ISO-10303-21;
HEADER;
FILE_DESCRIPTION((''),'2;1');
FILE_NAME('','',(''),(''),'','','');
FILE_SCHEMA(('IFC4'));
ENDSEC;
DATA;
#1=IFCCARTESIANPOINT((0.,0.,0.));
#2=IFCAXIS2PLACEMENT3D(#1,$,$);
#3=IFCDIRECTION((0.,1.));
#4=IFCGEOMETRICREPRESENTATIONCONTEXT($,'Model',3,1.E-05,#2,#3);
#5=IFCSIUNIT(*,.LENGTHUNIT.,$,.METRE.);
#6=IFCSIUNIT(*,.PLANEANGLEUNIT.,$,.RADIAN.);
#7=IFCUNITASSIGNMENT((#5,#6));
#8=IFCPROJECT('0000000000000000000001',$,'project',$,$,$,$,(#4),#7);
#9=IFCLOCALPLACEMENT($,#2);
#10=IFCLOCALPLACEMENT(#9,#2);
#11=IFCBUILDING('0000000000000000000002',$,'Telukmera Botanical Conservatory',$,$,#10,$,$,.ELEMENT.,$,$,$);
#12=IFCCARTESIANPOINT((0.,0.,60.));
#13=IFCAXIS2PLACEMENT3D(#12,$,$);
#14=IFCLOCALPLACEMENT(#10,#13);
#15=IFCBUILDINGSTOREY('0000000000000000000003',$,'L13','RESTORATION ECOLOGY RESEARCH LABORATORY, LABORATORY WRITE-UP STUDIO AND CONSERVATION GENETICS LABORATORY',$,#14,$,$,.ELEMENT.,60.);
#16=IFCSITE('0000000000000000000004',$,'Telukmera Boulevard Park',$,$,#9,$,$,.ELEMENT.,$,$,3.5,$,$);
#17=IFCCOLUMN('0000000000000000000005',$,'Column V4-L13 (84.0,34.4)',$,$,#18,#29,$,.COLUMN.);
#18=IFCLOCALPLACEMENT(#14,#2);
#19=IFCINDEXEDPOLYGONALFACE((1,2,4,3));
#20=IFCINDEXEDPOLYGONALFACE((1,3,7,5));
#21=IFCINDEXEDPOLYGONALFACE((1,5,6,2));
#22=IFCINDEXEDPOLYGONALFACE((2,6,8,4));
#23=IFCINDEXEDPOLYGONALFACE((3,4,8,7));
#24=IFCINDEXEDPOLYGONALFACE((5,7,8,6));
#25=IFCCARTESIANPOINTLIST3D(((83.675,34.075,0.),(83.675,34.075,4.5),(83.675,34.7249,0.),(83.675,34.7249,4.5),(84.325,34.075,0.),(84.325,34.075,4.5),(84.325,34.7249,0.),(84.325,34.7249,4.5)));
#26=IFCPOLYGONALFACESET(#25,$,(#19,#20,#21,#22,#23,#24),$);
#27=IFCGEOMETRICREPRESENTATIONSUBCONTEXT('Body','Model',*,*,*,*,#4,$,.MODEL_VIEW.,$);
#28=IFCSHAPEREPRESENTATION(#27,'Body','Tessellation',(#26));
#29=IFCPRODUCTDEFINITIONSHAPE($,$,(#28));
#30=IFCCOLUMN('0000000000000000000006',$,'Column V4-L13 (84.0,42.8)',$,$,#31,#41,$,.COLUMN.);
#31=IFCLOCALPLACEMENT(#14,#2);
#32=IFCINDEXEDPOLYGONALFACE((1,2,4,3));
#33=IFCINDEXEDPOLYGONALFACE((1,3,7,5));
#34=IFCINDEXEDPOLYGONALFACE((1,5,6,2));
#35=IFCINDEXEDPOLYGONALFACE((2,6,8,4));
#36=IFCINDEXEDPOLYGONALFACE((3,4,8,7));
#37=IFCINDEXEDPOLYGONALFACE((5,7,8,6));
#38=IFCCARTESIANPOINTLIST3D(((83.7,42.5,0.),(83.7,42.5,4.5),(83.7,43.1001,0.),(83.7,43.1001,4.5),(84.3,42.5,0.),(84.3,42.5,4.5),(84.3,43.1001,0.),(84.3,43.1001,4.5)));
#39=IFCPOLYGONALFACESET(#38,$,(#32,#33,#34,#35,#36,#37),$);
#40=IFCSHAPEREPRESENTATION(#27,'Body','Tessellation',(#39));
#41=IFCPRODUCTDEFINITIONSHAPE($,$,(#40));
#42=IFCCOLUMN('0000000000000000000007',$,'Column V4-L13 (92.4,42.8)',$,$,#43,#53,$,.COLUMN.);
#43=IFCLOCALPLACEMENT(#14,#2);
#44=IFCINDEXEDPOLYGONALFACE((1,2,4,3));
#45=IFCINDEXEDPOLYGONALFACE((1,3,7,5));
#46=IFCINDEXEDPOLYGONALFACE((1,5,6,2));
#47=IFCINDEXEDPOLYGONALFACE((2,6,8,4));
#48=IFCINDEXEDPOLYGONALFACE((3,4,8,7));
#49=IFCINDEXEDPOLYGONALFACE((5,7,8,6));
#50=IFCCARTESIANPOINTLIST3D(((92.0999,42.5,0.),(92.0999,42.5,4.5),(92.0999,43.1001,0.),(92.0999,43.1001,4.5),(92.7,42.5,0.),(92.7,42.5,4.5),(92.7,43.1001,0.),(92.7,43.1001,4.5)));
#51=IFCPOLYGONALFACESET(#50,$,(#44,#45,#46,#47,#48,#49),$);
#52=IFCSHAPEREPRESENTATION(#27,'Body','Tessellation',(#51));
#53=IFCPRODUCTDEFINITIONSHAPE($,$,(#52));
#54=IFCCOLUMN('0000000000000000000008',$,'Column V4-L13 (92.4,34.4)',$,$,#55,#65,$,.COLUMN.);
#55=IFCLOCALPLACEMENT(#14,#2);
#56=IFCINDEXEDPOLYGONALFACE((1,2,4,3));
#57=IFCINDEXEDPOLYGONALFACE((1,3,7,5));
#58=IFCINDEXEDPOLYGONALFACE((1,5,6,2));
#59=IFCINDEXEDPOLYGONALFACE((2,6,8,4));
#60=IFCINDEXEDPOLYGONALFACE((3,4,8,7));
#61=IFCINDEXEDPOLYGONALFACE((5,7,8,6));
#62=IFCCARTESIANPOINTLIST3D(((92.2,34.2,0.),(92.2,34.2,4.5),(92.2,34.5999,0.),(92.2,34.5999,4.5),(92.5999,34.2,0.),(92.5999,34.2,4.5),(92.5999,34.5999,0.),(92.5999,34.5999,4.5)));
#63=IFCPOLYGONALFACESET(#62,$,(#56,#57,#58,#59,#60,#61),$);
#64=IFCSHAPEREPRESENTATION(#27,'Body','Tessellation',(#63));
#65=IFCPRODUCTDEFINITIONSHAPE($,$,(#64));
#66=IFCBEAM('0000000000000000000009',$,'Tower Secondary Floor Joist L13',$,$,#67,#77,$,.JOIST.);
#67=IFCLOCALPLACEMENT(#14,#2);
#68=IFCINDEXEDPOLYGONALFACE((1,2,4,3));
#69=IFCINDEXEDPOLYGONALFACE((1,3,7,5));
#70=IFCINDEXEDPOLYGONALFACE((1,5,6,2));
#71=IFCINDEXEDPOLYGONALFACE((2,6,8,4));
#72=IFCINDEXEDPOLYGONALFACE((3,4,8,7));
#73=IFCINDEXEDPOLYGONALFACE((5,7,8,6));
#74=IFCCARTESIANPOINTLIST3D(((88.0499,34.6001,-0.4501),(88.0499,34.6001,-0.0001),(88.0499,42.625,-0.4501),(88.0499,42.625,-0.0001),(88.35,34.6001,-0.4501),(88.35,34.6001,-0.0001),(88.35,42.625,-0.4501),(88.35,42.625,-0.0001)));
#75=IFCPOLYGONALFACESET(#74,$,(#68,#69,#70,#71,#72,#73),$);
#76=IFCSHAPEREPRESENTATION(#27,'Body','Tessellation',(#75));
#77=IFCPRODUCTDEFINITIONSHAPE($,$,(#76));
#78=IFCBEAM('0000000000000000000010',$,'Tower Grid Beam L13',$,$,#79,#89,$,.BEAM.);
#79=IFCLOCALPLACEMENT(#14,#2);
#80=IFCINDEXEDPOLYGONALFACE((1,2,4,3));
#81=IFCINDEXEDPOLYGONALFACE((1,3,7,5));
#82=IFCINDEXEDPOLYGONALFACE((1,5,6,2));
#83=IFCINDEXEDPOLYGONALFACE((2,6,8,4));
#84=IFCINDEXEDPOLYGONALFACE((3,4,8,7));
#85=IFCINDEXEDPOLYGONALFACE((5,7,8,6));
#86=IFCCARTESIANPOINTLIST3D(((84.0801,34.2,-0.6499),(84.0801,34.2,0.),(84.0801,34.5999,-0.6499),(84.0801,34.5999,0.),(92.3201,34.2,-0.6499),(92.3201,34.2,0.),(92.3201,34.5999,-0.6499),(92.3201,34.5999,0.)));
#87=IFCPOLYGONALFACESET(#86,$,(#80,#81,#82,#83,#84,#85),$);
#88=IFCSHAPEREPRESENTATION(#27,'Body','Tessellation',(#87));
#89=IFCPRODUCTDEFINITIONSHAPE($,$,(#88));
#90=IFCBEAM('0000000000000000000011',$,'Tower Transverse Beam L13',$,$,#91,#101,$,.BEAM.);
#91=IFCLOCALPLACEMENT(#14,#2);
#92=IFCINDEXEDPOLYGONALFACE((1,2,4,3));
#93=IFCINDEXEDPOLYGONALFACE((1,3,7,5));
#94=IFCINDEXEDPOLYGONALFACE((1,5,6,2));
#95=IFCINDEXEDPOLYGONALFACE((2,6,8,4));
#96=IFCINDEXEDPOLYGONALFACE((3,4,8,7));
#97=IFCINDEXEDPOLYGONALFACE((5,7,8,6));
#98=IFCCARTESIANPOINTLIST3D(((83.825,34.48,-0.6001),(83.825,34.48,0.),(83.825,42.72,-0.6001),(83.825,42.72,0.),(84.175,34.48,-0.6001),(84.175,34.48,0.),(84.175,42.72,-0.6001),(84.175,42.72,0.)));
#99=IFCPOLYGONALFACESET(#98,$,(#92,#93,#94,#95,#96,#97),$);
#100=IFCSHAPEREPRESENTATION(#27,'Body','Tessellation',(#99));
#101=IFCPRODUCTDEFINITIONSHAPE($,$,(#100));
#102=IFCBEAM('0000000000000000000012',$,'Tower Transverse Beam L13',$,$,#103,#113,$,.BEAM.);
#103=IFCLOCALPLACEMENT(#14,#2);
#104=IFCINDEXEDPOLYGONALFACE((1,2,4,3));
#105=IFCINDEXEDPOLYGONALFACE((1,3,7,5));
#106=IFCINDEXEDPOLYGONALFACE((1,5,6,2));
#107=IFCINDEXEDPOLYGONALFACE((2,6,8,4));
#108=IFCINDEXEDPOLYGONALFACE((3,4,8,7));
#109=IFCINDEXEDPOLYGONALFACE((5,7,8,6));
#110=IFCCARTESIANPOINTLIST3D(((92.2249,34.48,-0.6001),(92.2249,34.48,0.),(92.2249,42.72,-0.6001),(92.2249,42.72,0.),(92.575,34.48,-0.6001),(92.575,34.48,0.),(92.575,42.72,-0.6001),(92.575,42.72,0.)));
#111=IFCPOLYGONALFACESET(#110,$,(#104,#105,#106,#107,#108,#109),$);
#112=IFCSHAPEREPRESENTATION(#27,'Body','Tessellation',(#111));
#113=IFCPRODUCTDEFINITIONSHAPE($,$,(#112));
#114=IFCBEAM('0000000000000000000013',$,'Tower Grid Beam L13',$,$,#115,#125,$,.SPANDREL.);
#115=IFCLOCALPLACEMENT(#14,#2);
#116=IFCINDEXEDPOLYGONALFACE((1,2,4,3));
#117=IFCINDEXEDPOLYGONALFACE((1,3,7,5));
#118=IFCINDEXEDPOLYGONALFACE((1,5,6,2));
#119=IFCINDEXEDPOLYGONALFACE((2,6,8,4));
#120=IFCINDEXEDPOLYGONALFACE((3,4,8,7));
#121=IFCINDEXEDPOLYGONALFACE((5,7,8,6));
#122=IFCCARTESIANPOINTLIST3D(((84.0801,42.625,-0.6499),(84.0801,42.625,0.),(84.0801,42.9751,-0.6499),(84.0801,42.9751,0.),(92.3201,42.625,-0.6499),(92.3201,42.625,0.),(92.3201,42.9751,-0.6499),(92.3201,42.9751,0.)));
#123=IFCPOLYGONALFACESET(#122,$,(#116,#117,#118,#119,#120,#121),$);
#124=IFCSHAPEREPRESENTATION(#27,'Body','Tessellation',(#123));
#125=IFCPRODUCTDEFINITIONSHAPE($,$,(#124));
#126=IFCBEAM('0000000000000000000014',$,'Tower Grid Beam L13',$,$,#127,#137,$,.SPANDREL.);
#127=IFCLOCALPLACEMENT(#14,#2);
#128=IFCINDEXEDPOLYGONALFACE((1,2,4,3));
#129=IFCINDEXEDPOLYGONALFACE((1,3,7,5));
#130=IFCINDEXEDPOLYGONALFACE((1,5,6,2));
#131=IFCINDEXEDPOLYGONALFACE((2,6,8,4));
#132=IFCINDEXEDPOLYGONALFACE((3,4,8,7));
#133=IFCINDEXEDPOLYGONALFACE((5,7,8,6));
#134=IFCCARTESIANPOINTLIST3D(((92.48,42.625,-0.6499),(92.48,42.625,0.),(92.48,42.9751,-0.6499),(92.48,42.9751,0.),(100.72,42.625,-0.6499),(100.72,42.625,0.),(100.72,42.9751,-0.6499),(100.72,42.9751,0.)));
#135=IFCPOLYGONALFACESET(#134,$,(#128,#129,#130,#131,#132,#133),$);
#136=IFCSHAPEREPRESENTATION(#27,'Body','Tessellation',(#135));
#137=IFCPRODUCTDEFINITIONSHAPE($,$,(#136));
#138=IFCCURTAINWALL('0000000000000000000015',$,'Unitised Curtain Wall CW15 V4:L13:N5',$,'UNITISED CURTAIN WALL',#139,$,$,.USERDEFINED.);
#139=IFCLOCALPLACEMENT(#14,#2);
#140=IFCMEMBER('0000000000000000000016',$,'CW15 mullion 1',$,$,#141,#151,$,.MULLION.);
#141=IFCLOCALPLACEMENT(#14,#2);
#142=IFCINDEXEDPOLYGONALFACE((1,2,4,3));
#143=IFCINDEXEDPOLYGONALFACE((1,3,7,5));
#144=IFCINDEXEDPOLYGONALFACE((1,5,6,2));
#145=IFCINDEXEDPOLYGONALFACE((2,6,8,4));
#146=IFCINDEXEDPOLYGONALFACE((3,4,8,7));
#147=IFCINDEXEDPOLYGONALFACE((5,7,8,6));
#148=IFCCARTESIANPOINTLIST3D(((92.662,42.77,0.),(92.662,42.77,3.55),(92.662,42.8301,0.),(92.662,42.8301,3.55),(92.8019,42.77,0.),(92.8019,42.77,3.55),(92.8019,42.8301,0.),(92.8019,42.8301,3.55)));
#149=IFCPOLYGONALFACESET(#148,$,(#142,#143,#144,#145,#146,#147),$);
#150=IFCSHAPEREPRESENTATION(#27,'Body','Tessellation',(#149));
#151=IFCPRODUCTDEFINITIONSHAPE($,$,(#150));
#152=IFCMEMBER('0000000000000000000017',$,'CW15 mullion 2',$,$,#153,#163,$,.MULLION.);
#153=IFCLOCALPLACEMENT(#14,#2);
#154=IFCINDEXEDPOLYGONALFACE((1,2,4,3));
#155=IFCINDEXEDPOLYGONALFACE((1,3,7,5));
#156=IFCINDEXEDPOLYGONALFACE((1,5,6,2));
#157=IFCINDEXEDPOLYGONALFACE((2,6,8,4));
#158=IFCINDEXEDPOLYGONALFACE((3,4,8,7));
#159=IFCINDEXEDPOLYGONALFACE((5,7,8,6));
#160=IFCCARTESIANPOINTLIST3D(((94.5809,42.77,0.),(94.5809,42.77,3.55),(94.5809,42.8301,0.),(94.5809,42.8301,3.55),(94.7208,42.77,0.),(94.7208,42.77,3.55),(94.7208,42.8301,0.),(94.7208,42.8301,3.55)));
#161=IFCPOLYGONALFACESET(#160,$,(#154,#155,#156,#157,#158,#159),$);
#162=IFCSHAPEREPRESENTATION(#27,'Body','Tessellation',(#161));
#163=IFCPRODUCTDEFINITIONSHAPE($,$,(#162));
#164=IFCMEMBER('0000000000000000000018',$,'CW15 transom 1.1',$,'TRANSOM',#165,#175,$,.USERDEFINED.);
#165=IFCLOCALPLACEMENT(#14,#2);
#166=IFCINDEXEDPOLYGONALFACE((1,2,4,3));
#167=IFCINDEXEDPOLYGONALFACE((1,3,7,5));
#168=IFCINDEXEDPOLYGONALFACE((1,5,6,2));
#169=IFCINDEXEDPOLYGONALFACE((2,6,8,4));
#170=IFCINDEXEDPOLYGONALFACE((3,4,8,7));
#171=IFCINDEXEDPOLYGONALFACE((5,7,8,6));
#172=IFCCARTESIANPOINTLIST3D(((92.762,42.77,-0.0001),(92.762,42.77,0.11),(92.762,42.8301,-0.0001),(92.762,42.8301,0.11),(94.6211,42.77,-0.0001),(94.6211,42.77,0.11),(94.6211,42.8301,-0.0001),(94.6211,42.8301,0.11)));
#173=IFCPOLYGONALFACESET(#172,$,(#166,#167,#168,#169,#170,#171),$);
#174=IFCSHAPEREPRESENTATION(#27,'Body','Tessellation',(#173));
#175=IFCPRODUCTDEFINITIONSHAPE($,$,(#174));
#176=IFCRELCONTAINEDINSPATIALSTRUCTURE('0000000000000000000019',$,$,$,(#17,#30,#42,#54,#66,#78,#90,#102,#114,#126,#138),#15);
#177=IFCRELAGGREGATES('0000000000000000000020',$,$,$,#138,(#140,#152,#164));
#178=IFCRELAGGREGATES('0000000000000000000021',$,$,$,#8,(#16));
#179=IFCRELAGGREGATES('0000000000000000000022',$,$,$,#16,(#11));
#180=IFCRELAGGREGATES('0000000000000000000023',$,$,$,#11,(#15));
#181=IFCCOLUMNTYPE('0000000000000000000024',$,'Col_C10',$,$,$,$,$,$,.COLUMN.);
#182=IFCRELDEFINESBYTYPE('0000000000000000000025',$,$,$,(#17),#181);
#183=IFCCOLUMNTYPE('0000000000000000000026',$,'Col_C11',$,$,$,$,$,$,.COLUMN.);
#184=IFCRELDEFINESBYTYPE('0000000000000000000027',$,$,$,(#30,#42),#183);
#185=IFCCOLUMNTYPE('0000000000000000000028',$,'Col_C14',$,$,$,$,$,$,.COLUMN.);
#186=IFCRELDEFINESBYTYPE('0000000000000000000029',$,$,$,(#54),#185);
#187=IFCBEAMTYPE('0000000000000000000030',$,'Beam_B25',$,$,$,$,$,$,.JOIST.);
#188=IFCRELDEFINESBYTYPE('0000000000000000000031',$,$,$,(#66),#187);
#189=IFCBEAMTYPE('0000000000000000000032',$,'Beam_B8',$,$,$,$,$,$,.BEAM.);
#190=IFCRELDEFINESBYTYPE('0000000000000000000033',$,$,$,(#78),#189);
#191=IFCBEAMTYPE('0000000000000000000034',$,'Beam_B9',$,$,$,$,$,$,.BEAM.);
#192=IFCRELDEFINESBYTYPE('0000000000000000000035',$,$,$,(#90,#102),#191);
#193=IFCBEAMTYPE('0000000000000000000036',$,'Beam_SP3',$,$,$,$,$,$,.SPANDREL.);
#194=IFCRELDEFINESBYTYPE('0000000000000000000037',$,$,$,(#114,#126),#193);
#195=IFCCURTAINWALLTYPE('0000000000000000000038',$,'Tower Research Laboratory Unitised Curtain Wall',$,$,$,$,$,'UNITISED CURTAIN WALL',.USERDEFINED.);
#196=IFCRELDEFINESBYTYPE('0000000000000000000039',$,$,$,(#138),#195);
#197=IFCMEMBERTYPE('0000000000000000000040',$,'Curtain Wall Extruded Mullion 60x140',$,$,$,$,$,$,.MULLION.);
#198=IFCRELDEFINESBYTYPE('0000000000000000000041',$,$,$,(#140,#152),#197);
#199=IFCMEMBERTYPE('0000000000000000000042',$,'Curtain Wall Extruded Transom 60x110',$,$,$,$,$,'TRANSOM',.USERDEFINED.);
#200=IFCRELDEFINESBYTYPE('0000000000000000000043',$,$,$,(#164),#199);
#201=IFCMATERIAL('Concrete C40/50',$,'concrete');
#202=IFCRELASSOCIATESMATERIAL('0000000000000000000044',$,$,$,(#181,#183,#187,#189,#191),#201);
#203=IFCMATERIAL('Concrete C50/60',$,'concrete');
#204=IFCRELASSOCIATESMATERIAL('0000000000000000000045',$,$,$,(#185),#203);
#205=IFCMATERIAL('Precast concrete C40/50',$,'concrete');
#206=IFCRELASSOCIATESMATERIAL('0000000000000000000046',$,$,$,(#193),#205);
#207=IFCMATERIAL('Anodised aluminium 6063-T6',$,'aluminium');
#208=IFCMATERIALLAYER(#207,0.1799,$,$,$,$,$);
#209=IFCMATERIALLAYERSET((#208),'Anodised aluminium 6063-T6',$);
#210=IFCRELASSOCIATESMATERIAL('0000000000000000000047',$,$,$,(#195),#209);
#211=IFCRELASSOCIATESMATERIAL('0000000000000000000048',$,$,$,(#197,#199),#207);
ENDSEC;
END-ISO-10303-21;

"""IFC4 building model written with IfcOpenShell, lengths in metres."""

from ifc_helpers import new_model, si_unit, direction, frame, origin, origin_2d, place, context, subcontext, project, spatial, rectangle, extrude, material, layer, layer_set, material_profile, profile_set, type_object, element, aggregate, save


model = new_model("IFC4")

# Units and contexts
model_context = context("Model", 3, precision=1e-05, world=origin(), true_north=direction((0.0, 1.0)))
body_context = subcontext(model_context, "Body", "Model", "MODEL_VIEW")
ifc_project = project(units=[si_unit("LENGTHUNIT", "METRE"), si_unit("PLANEANGLEUNIT", "RADIAN")], contexts=[model_context])

# Site, building, storey
site_placement = place(None, origin())
site = spatial("IfcSite", under=ifc_project, at=site_placement, Name="Telukmera Boulevard Park", CompositionType="ELEMENT", RefElevation=3.5)
building_placement = place(site_placement, origin())
building = spatial("IfcBuilding", under=site, at=building_placement, Name="Telukmera Botanical Conservatory", CompositionType="ELEMENT")
storey_placement = place(building_placement, frame((0.0, 0.0, 60.0)))
storey = spatial("IfcBuildingStorey", under=building, at=storey_placement, Name="L13", Description="RESTORATION ECOLOGY RESEARCH LABORATORY, LABORATORY WRITE-UP STUDIO AND CONSERVATION GENETICS LABORATORY", CompositionType="ELEMENT", Elevation=60.0)

# Columns
ifc_material_1 = material(Name="Concrete C40/50", Category="concrete")
ifc_material_profile_1 = material_profile(ifc_material_1, rectangle(XDim=0.6499, YDim=0.6499, at=origin_2d()), Name="RC 650x650")
ifc_profile_set_1 = profile_set([ifc_material_profile_1], Name="Concrete C40/50")
column_type_1 = type_object("IfcColumnType", Name="Col_C10", PredefinedType="COLUMN", material=ifc_profile_set_1)
column_1_placement = place(storey_placement, frame((84.0, 34.3999, 0.0), z_axis=(0.0, 0.0, 1.0), x_axis=(1.0, 0.0, 0.0)))
element("IfcColumn", 1, at=column_1_placement, inside=storey, type_object=column_type_1, Name="Column V4-L13 (84.0,34.4)", PredefinedType="COLUMN", context=body_context, shape_type="SweptSolid", body=[
    extrude(rectangle(XDim=0.6499, YDim=0.6499, at=origin_2d()), origin(), (0.0, 0.0, 1.0), 4.5),
])
ifc_material_profile_2 = material_profile(ifc_material_1, rectangle(XDim=0.6001, YDim=0.6001, at=origin_2d()), Name="RC 600x600")
ifc_profile_set_2 = profile_set([ifc_material_profile_2], Name="Concrete C40/50")
column_type_2 = type_object("IfcColumnType", Name="Col_C11", PredefinedType="COLUMN", material=ifc_profile_set_2)
for number, where, z_axis, x_axis, name in (
    (2, (84.0, 42.8, 0.0), (0.0, 0.0, 1.0), (1.0, 0.0, 0.0), "Column V4-L13 (84.0,42.8)"),
    (3, (92.3999, 42.8, 0.0), (0.0, 0.0, 1.0), (1.0, 0.0, 0.0), "Column V4-L13 (92.4,42.8)"),
):
    element("IfcColumn", number, at=place(storey_placement, frame(where, z_axis=z_axis, x_axis=x_axis)), inside=storey, type_object=column_type_2, Name=name, PredefinedType="COLUMN", context=body_context, shape_type="SweptSolid", body=[
        extrude(rectangle(XDim=0.6001, YDim=0.6001, at=origin_2d()), origin(), (0.0, 0.0, 1.0), 4.5),
    ])
ifc_material_2 = material(Name="Concrete C50/60", Category="concrete")
ifc_material_profile_3 = material_profile(ifc_material_2, rectangle(XDim=0.3999, YDim=0.3999, at=origin_2d()), Name="RC 400x400")
ifc_profile_set_3 = profile_set([ifc_material_profile_3], Name="Concrete C50/60")
column_type_3 = type_object("IfcColumnType", Name="Col_C14", PredefinedType="COLUMN", material=ifc_profile_set_3)
column_2_placement = place(storey_placement, frame((92.3999, 34.3999, 0.0), z_axis=(0.0, 0.0, 1.0), x_axis=(1.0, 0.0, 0.0)))
element("IfcColumn", 4, at=column_2_placement, inside=storey, type_object=column_type_3, Name="Column V4-L13 (92.4,34.4)", PredefinedType="COLUMN", context=body_context, shape_type="SweptSolid", body=[
    extrude(rectangle(XDim=0.3999, YDim=0.3999, at=origin_2d()), origin(), (0.0, 0.0, 1.0), 4.5),
])

# Beams
ifc_material_profile_4 = material_profile(ifc_material_1, rectangle(XDim=0.3, YDim=0.45, at=origin_2d()), Name="RC 300x450")
ifc_profile_set_4 = profile_set([ifc_material_profile_4], Name="Concrete C40/50")
beam_type_1 = type_object("IfcBeamType", Name="Beam_B25", PredefinedType="JOIST", material=ifc_profile_set_4)
beam_1_placement = place(storey_placement, frame((88.2, 34.6001, -0.2251), z_axis=(0.0, 1.0, 0.0), x_axis=(-1.0, 0.0, 0.0)))
element("IfcBeam", 5, at=beam_1_placement, inside=storey, type_object=beam_type_1, Name="Tower Secondary Floor Joist L13", PredefinedType="JOIST", context=body_context, shape_type="SweptSolid", body=[
    extrude(rectangle(XDim=0.3, YDim=0.45, at=origin_2d()), origin(), (0.0, 0.0, 1.0), 8.0249),
])
ifc_material_profile_5 = material_profile(ifc_material_1, rectangle(XDim=0.3999, YDim=0.6499, at=origin_2d()), Name="RC 400x650")
ifc_profile_set_5 = profile_set([ifc_material_profile_5], Name="Concrete C40/50")
beam_type_2 = type_object("IfcBeamType", Name="Beam_B8", PredefinedType="BEAM", material=ifc_profile_set_5)
beam_2_placement = place(storey_placement, frame((84.0801, 34.3999, -0.325), z_axis=(1.0, 0.0, 0.0), x_axis=(0.0, 1.0, 0.0)))
element("IfcBeam", 6, at=beam_2_placement, inside=storey, type_object=beam_type_2, Name="Tower Grid Beam L13", PredefinedType="BEAM", context=body_context, shape_type="SweptSolid", body=[
    extrude(rectangle(XDim=0.3999, YDim=0.6499, at=origin_2d()), origin(), (0.0, 0.0, 1.0), 8.24),
])
ifc_material_profile_6 = material_profile(ifc_material_1, rectangle(XDim=0.3501, YDim=0.6001, at=origin_2d()), Name="RC 350x600")
ifc_profile_set_6 = profile_set([ifc_material_profile_6], Name="Concrete C40/50")
beam_type_3 = type_object("IfcBeamType", Name="Beam_B9", PredefinedType="BEAM", material=ifc_profile_set_6)
for number, where, z_axis, x_axis, name in (
    (7, (84.0, 34.48, -0.3), (0.0, 1.0, 0.0), (-1.0, 0.0, 0.0), "Tower Transverse Beam L13"),
    (8, (92.3999, 34.48, -0.3), (0.0, 1.0, 0.0), (-1.0, 0.0, 0.0), "Tower Transverse Beam L13"),
):
    element("IfcBeam", number, at=place(storey_placement, frame(where, z_axis=z_axis, x_axis=x_axis)), inside=storey, type_object=beam_type_3, Name=name, PredefinedType="BEAM", context=body_context, shape_type="SweptSolid", body=[
        extrude(rectangle(XDim=0.3501, YDim=0.6001, at=origin_2d()), origin(), (0.0, 0.0, 1.0), 8.24),
    ])
ifc_material_3 = material(Name="Precast concrete C40/50", Category="concrete")
ifc_material_profile_7 = material_profile(ifc_material_3, rectangle(XDim=0.3501, YDim=0.6499, at=origin_2d()), Name="PC 350x650")
ifc_profile_set_7 = profile_set([ifc_material_profile_7], Name="Precast concrete C40/50")
beam_type_4 = type_object("IfcBeamType", Name="Beam_SP3", PredefinedType="SPANDREL", material=ifc_profile_set_7)
for number, where, z_axis, x_axis, name in (
    (9, (84.0801, 42.8, -0.325), (1.0, 0.0, 0.0), (0.0, 1.0, 0.0), "Tower Grid Beam L13"),
    (10, (92.48, 42.8, -0.325), (1.0, 0.0, 0.0), (0.0, 1.0, 0.0), "Tower Grid Beam L13"),
):
    element("IfcBeam", number, at=place(storey_placement, frame(where, z_axis=z_axis, x_axis=x_axis)), inside=storey, type_object=beam_type_4, Name=name, PredefinedType="SPANDREL", context=body_context, shape_type="SweptSolid", body=[
        extrude(rectangle(XDim=0.3501, YDim=0.6499, at=origin_2d()), origin(), (0.0, 0.0, 1.0), 8.24),
    ])

# Curtain wall, members
ifc_material_4 = material(Name="Anodised aluminium 6063-T6", Category="aluminium")
ifc_layer_1 = layer(ifc_material_4, 0.1799)
ifc_layer_set_1 = layer_set([ifc_layer_1], Name="Anodised aluminium 6063-T6")
curtain_wall_type = type_object("IfcCurtainWallType", Name="Tower Research Laboratory Unitised Curtain Wall", ElementType="UNITISED CURTAIN WALL", PredefinedType="USERDEFINED", material=ifc_layer_set_1)
curtain_wall_placement = place(storey_placement, origin())
curtain_wall = element("IfcCurtainWall", 11, at=curtain_wall_placement, inside=storey, type_object=curtain_wall_type, Name="Unitised Curtain Wall CW15 V4:L13:N5", ObjectType="UNITISED CURTAIN WALL", PredefinedType="USERDEFINED")
ifc_material_profile_8 = material_profile(ifc_material_4, rectangle(XDim=0.0601, YDim=0.1399, at=origin_2d()), Name="ALU MULL 60x140")
ifc_profile_set_8 = profile_set([ifc_material_profile_8], Name="Anodised aluminium 6063-T6")
member_type_1 = type_object("IfcMemberType", Name="Curtain Wall Extruded Mullion 60x140", PredefinedType="MULLION", material=ifc_profile_set_8)
member_1_placement = place(storey_placement, frame((92.7319, 42.8, 0.0), z_axis=(0.0, 0.0, 1.0), x_axis=(0.0, 1.0, 0.0)))
member_1 = element("IfcMember", 12, at=member_1_placement, type_object=member_type_1, Name="CW15 mullion 1", PredefinedType="MULLION", context=body_context, shape_type="SweptSolid", body=[
    extrude(rectangle(XDim=0.0601, YDim=0.1399, at=origin_2d()), origin(), (0.0, 0.0, 1.0), 3.55),
])
member_2_placement = place(storey_placement, frame((94.6509, 42.8, 0.0), z_axis=(0.0, 0.0, 1.0), x_axis=(0.0, 1.0, 0.0)))
member_2 = element("IfcMember", 13, at=member_2_placement, type_object=member_type_1, Name="CW15 mullion 2", PredefinedType="MULLION", context=body_context, shape_type="SweptSolid", body=[
    extrude(rectangle(XDim=0.0601, YDim=0.1399, at=origin_2d()), origin(), (0.0, 0.0, 1.0), 3.55),
])
ifc_material_profile_9 = material_profile(ifc_material_4, rectangle(XDim=0.0601, YDim=0.1101, at=origin_2d()), Name="ALU TRAN 60x110")
ifc_profile_set_9 = profile_set([ifc_material_profile_9], Name="Anodised aluminium 6063-T6")
member_type_2 = type_object("IfcMemberType", Name="Curtain Wall Extruded Transom 60x110", ElementType="TRANSOM", PredefinedType="USERDEFINED", material=ifc_profile_set_9)
member_3_placement = place(storey_placement, frame((92.762, 42.8, 0.0549), z_axis=(1.0, 0.0, 0.0), x_axis=(0.0, 1.0, 0.0)))
member_3 = element("IfcMember", 14, at=member_3_placement, type_object=member_type_2, Name="CW15 transom 1.1", ObjectType="TRANSOM", PredefinedType="USERDEFINED", context=body_context, shape_type="SweptSolid", body=[
    extrude(rectangle(XDim=0.0601, YDim=0.1101, at=origin_2d()), origin(), (0.0, 0.0, 1.0), 1.8591),
])
aggregate(curtain_wall, [member_1, member_2, member_3])

save(model, "model.ifc")
